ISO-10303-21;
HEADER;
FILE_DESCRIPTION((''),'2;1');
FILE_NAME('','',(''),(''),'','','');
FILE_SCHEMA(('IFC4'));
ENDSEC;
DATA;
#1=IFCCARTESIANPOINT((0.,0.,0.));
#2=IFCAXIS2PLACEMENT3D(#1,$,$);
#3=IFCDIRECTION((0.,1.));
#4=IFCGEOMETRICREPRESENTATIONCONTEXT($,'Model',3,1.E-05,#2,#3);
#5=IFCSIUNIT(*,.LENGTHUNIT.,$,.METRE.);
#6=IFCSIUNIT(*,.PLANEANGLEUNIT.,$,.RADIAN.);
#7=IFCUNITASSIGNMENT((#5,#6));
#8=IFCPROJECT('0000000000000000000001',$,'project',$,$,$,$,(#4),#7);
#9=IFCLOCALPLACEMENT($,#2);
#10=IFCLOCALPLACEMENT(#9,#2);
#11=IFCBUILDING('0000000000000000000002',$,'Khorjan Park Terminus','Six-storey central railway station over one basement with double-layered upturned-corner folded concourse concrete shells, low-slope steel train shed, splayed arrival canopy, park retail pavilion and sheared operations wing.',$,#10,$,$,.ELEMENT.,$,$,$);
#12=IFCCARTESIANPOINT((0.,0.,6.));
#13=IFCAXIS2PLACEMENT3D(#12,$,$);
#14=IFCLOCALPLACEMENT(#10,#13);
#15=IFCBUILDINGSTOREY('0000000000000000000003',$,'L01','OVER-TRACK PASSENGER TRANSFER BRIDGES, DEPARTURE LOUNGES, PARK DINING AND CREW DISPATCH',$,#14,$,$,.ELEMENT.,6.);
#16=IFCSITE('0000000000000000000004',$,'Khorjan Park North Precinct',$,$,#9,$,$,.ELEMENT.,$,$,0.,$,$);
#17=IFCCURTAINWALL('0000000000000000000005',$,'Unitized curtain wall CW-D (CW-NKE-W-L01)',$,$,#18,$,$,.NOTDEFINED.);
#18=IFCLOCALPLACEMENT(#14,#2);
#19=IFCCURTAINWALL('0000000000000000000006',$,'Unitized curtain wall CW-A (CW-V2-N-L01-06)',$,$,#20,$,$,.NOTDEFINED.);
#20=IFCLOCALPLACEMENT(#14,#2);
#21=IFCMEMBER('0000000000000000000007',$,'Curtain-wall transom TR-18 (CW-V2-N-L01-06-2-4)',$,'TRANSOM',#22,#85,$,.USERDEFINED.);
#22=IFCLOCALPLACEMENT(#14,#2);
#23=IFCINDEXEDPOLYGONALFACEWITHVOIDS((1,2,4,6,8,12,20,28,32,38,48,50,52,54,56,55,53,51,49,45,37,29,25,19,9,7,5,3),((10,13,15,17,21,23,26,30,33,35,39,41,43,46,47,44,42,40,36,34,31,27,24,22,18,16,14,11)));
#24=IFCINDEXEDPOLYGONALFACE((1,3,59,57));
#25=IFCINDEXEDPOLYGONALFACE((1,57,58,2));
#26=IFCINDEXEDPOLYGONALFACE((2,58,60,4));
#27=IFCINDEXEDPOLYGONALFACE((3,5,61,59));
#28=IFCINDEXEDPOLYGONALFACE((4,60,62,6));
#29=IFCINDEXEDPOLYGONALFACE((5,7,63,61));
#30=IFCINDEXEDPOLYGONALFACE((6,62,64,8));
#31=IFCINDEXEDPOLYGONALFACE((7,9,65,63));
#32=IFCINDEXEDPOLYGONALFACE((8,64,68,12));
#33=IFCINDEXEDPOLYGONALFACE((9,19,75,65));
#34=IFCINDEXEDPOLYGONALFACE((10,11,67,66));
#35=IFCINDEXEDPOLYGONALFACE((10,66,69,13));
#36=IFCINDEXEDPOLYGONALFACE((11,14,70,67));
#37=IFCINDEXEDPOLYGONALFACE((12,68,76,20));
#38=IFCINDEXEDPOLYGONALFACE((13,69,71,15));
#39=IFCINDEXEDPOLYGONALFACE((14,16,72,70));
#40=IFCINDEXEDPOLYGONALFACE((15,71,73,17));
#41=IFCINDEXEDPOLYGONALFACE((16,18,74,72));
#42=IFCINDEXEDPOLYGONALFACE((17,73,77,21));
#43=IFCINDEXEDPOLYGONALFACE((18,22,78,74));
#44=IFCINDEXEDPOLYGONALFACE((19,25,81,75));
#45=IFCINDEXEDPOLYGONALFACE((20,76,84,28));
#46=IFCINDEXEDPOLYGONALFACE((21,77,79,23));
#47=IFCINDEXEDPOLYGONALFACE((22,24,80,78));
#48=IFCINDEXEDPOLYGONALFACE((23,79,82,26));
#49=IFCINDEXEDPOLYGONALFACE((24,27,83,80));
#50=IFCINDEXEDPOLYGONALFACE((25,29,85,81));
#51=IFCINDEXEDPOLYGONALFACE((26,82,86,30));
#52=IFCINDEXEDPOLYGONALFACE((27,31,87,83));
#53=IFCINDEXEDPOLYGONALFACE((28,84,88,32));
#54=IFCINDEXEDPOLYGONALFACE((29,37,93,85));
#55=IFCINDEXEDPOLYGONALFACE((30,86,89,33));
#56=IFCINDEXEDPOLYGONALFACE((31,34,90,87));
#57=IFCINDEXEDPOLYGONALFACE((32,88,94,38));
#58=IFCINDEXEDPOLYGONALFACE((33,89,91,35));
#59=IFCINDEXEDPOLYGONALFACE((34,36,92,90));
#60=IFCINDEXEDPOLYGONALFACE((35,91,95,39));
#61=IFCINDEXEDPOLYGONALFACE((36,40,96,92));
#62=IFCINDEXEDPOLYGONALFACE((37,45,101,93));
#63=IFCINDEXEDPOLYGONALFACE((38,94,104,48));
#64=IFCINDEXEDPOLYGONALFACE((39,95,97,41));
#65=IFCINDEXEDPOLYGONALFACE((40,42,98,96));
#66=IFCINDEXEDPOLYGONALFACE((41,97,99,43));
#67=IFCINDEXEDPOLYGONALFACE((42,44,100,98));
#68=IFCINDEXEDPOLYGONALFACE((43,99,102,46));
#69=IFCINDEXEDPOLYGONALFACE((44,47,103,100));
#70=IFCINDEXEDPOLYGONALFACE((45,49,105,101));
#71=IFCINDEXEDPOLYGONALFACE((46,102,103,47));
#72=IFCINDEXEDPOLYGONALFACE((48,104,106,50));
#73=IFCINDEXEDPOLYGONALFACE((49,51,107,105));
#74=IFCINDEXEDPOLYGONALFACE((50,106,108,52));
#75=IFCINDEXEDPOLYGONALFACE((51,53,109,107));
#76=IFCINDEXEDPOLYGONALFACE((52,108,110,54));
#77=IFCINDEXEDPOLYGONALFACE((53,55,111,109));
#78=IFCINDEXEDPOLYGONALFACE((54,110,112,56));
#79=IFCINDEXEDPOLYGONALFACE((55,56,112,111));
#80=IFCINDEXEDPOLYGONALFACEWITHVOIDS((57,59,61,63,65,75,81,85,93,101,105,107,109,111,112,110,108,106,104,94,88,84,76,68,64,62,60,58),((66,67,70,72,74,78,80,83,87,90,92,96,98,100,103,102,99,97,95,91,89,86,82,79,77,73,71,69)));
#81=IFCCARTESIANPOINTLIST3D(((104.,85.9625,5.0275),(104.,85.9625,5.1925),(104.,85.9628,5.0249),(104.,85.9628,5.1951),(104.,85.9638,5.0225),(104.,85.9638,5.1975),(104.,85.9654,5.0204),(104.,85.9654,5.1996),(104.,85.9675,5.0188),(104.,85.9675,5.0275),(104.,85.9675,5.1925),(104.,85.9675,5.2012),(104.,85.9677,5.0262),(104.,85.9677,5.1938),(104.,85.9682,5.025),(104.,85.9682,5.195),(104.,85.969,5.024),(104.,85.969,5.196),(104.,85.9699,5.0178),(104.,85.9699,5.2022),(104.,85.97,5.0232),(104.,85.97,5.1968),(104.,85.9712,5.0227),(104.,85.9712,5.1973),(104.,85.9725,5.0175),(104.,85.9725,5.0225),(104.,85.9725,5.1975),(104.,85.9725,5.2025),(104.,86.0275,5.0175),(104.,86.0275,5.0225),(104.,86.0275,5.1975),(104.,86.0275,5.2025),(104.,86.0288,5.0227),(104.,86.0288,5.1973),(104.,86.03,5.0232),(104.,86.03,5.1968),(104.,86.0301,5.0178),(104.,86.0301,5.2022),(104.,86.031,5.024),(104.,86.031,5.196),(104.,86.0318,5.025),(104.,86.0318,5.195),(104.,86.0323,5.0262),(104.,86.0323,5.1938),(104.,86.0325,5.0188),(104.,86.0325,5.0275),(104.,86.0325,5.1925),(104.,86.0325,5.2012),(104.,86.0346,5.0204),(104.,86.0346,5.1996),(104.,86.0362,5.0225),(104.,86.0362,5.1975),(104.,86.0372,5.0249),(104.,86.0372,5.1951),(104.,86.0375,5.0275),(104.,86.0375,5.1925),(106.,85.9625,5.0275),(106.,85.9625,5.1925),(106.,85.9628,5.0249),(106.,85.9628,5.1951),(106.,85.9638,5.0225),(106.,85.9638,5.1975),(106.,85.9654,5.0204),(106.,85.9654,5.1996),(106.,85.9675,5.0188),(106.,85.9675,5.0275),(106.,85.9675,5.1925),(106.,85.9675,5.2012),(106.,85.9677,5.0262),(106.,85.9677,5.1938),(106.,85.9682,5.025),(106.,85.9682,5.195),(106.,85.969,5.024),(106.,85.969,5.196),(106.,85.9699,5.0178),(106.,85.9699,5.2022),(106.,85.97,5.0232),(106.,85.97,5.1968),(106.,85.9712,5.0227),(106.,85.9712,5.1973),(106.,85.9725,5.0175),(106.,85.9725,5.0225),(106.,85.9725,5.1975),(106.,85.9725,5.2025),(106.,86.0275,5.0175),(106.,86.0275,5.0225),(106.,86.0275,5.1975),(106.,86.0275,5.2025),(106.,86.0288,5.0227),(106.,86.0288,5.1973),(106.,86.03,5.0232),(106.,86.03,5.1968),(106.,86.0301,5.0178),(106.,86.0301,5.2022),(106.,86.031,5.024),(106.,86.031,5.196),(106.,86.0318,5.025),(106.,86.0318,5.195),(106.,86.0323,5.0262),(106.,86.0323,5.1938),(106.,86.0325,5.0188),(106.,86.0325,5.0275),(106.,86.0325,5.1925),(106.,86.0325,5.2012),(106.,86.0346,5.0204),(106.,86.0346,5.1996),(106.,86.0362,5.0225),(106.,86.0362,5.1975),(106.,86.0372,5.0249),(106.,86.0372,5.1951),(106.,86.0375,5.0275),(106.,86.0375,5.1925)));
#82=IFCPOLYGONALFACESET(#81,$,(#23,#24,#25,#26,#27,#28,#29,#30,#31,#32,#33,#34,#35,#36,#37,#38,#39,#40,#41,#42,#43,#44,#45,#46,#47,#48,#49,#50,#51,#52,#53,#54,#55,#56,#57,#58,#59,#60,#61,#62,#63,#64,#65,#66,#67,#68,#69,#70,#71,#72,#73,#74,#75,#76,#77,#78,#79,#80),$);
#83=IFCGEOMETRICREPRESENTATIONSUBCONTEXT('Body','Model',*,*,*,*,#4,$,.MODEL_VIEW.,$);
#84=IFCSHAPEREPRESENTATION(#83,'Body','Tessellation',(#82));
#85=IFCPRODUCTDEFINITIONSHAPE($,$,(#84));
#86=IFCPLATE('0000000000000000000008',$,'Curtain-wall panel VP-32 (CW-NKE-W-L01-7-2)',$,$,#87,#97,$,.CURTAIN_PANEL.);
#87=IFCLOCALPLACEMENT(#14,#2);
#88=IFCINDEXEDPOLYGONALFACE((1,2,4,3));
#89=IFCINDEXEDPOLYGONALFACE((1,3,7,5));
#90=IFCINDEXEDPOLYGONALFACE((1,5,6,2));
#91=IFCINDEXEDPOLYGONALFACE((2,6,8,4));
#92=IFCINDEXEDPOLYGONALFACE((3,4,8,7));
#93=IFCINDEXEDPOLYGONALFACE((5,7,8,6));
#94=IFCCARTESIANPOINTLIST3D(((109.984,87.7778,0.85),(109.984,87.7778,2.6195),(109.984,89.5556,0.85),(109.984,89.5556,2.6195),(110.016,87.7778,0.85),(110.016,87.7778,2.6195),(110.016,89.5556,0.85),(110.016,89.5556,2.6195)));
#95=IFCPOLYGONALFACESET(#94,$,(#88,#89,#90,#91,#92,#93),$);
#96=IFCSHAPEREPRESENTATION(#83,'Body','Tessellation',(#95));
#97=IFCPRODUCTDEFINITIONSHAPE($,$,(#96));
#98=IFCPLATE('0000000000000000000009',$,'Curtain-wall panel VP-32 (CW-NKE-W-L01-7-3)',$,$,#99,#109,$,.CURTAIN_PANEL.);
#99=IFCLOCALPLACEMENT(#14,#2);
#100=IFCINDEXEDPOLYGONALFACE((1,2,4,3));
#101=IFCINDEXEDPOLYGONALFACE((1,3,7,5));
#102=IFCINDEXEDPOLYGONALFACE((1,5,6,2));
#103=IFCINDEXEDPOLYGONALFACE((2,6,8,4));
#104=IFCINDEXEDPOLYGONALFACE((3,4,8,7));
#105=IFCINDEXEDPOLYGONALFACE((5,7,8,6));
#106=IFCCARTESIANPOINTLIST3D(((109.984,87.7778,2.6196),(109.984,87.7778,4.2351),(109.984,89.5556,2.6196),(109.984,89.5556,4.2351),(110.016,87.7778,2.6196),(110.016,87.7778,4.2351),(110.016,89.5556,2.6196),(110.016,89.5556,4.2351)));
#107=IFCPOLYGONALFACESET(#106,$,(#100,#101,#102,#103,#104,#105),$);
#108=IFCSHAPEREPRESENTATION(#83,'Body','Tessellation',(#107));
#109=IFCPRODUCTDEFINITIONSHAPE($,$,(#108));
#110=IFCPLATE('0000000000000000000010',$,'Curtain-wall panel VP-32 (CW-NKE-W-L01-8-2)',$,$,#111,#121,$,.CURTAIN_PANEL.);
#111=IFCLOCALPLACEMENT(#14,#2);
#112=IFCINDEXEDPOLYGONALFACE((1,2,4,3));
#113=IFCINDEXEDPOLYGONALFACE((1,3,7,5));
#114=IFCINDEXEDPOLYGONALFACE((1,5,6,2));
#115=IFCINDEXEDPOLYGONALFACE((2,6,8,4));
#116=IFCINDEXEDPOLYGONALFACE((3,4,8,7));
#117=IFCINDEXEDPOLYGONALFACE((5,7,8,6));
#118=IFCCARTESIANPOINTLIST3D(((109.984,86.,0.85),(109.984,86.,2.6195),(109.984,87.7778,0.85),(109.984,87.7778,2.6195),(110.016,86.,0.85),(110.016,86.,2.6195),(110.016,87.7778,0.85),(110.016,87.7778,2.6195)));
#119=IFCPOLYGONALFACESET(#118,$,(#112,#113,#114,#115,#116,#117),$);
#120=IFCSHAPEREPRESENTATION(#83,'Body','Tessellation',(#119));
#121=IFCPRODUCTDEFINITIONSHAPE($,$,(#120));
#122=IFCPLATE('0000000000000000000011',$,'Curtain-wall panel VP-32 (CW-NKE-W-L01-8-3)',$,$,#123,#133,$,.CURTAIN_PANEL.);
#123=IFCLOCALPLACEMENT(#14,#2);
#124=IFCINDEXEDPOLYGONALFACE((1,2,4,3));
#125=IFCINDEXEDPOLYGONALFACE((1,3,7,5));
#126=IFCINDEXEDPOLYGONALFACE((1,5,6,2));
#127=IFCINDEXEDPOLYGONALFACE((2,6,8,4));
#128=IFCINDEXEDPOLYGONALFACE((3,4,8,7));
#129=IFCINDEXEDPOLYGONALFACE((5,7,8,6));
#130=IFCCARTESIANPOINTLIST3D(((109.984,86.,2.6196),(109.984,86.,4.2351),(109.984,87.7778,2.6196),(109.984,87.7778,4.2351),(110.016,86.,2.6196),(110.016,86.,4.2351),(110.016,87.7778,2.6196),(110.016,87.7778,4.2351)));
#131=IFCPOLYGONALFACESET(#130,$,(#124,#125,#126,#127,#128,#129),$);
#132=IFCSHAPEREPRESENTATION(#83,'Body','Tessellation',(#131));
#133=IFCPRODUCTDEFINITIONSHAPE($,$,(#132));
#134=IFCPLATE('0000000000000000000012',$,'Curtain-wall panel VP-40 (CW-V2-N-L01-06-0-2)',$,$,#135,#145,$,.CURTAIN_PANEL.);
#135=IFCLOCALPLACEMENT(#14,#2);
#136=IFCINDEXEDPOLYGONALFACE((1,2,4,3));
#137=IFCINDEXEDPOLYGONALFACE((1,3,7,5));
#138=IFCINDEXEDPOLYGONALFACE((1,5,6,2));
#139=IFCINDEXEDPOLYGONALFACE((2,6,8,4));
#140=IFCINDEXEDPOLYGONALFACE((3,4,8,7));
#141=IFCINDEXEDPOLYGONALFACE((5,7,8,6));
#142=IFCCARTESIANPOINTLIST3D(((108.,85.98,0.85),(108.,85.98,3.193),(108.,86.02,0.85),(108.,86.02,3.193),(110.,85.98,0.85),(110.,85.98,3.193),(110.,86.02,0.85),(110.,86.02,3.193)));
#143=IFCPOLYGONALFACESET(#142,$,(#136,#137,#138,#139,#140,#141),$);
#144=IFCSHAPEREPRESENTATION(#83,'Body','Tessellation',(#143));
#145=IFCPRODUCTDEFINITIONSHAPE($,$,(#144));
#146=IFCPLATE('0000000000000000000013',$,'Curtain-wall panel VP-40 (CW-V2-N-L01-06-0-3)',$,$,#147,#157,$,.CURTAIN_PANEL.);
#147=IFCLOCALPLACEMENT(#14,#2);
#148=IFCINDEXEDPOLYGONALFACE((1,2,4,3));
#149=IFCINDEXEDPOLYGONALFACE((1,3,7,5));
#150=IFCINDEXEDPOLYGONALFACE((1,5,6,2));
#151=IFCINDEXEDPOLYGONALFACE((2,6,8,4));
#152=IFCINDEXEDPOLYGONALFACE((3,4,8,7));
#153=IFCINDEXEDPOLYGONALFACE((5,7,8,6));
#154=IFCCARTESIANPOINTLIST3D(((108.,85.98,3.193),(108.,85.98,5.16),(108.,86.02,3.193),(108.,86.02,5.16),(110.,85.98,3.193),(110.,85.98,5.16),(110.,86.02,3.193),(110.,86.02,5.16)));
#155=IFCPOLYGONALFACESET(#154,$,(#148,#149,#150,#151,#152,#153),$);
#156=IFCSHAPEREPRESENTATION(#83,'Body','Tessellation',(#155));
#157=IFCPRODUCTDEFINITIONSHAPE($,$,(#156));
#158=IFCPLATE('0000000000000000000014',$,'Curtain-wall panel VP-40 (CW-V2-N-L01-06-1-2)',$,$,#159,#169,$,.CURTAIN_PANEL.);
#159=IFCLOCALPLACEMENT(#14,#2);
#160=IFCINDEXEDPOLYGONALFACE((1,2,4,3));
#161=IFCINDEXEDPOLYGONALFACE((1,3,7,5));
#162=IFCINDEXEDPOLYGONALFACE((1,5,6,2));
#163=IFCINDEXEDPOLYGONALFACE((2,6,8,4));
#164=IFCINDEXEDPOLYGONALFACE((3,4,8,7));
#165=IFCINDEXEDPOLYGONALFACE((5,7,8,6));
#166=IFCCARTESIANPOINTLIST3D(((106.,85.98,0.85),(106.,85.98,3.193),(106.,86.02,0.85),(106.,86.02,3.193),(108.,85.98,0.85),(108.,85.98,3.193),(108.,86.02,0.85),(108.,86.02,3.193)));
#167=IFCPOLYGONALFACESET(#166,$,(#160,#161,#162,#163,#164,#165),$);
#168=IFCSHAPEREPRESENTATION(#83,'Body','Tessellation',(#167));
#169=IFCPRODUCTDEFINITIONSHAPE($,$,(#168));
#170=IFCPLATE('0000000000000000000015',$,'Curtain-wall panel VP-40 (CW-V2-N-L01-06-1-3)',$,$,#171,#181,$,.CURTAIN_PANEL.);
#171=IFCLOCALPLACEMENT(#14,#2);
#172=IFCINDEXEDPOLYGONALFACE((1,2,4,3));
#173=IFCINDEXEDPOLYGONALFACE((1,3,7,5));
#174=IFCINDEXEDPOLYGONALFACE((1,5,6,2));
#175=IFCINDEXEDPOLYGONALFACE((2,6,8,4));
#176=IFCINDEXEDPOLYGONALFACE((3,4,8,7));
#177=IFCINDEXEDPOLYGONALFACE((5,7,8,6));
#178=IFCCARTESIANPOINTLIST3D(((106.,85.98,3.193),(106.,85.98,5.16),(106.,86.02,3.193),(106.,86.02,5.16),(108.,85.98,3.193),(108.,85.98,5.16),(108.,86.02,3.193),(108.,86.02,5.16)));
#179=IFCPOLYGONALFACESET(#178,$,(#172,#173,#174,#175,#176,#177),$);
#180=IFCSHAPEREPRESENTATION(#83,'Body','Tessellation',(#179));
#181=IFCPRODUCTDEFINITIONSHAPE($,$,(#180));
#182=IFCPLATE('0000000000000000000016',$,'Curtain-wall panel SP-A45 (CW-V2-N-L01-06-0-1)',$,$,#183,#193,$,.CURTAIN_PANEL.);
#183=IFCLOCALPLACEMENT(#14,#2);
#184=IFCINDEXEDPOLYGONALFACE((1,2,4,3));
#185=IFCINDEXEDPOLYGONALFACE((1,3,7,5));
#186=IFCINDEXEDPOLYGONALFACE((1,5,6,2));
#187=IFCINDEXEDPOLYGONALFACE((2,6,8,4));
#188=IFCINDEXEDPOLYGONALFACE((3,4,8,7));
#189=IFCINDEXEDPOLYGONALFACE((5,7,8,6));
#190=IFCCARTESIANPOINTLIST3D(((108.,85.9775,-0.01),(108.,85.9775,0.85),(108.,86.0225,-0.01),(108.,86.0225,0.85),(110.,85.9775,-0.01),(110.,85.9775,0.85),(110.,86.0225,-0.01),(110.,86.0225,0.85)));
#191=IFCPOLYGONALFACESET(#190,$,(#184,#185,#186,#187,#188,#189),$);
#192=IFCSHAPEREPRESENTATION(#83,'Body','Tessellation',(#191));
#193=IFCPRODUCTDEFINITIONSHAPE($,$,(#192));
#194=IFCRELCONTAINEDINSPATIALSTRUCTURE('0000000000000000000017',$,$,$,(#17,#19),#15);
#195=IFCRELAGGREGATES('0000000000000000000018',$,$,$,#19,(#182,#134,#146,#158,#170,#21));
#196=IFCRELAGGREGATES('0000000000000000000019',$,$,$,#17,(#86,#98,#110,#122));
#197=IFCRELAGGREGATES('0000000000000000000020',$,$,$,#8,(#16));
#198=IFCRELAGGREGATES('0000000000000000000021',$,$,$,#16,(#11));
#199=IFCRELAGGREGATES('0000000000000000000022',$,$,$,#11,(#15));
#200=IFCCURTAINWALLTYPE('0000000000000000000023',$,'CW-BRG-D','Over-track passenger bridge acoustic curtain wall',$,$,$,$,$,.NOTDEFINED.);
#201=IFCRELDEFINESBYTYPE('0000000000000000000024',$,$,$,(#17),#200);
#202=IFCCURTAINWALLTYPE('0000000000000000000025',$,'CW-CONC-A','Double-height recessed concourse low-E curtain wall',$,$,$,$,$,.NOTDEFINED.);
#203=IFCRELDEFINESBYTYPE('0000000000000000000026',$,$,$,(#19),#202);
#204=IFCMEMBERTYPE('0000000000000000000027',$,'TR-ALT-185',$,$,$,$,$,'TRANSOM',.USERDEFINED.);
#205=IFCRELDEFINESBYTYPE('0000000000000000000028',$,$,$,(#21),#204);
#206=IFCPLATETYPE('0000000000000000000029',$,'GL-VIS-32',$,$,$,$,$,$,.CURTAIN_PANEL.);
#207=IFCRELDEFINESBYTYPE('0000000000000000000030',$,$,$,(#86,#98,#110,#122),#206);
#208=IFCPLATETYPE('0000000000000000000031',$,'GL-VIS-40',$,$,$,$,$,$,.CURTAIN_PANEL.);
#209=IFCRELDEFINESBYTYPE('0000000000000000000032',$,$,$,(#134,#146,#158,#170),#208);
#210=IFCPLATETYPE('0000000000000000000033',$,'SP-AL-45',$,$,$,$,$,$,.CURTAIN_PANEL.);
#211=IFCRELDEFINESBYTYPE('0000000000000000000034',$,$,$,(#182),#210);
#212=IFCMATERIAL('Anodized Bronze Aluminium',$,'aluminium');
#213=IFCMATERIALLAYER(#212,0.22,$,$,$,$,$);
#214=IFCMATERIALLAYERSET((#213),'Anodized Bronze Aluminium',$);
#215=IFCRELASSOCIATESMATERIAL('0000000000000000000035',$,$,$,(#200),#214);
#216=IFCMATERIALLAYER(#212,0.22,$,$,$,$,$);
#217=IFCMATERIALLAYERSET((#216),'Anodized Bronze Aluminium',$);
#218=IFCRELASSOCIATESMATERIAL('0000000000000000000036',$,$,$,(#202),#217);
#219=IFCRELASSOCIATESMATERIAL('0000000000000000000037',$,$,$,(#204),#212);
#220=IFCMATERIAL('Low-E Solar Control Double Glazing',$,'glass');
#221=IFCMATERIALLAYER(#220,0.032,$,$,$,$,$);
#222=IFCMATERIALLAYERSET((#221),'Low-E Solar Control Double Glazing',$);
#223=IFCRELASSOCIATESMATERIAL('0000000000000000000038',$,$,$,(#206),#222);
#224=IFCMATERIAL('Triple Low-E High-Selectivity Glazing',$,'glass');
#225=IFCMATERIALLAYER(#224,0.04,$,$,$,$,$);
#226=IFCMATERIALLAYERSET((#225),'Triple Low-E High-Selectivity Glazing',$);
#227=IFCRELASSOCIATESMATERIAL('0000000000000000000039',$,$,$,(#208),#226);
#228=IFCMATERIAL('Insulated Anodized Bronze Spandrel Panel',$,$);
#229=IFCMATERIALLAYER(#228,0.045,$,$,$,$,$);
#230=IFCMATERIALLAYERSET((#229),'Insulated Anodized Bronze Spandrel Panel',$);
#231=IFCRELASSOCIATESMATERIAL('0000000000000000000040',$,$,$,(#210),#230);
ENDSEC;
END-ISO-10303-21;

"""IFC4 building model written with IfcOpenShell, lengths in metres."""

from ifc_helpers import new_model, si_unit, direction, frame, origin, origin_2d, place, context, subcontext, project, spatial, rectangle, hollow_rectangle, extrude, material, layer, layer_set, material_profile, profile_set, type_object, element, aggregate, save


model = new_model("IFC4")

# Units and contexts
model_context = context("Model", 3, precision=1e-05, world=origin(), true_north=direction((0.0, 1.0)))
body_context = subcontext(model_context, "Body", "Model", "MODEL_VIEW")
ifc_project = project(units=[si_unit("LENGTHUNIT", "METRE"), si_unit("PLANEANGLEUNIT", "RADIAN")], contexts=[model_context])

# Site, building, storey
site_placement = place(None, origin())
site = spatial("IfcSite", under=ifc_project, at=site_placement, Name="Khorjan Park North Precinct", CompositionType="ELEMENT", RefElevation=0.0)
building_placement = place(site_placement, origin())
building = spatial("IfcBuilding", under=site, at=building_placement, Name="Khorjan Park Terminus", Description="Six-storey central railway station over one basement with double-layered upturned-corner folded concourse concrete shells, low-slope steel train shed, splayed arrival canopy, park retail pavilion and sheared operations wing.", CompositionType="ELEMENT")
storey_placement = place(building_placement, frame((0.0, 0.0, 6.0)))
storey = spatial("IfcBuildingStorey", under=building, at=storey_placement, Name="L01", Description="OVER-TRACK PASSENGER TRANSFER BRIDGES, DEPARTURE LOUNGES, PARK DINING AND CREW DISPATCH", CompositionType="ELEMENT", Elevation=6.0)

# Curtain walls
ifc_material_1 = material(Name="Anodized Bronze Aluminium", Category="aluminium")
ifc_layer_1 = layer(ifc_material_1, 0.22)
ifc_layer_set_1 = layer_set([ifc_layer_1], Name="Anodized Bronze Aluminium")
curtain_wall_type_1 = type_object("IfcCurtainWallType", Name="CW-BRG-D", Description="Over-track passenger bridge acoustic curtain wall", PredefinedType="NOTDEFINED", material=ifc_layer_set_1)
curtain_wall_1_placement = place(storey_placement, origin())
curtain_wall_1 = element("IfcCurtainWall", 1, at=curtain_wall_1_placement, inside=storey, type_object=curtain_wall_type_1, Name="Unitized curtain wall CW-D (CW-NKE-W-L01)", PredefinedType="NOTDEFINED")
ifc_layer_2 = layer(ifc_material_1, 0.22)
ifc_layer_set_2 = layer_set([ifc_layer_2], Name="Anodized Bronze Aluminium")
curtain_wall_type_2 = type_object("IfcCurtainWallType", Name="CW-CONC-A", Description="Double-height recessed concourse low-E curtain wall", PredefinedType="NOTDEFINED", material=ifc_layer_set_2)
curtain_wall_2_placement = place(storey_placement, origin())
curtain_wall_2 = element("IfcCurtainWall", 2, at=curtain_wall_2_placement, inside=storey, type_object=curtain_wall_type_2, Name="Unitized curtain wall CW-A (CW-V2-N-L01-06)", PredefinedType="NOTDEFINED")

# Member
ifc_material_profile_1 = material_profile(ifc_material_1, hollow_rectangle(XDim=0.075, YDim=0.185, WallThickness=0.005, InnerFilletRadius=0.005, OuterFilletRadius=0.01, at=origin_2d()), Name="ALT 75x185x5")
ifc_profile_set_1 = profile_set([ifc_material_profile_1], Name="Anodized Bronze Aluminium")
member_type_1 = type_object("IfcMemberType", Name="TR-ALT-185", ElementType="TRANSOM", PredefinedType="USERDEFINED", material=ifc_profile_set_1)
member_1_placement = place(storey_placement, frame((106.0, 86.0, 5.11), z_axis=(-1.0, 0.0, 0.0), x_axis=(0.0, -1.0, 0.0)))
member_1 = element("IfcMember", 3, at=member_1_placement, type_object=member_type_1, Name="Curtain-wall transom TR-18 (CW-V2-N-L01-06-2-4)", ObjectType="TRANSOM", PredefinedType="USERDEFINED", context=body_context, shape_type="SweptSolid", body=[
    extrude(hollow_rectangle(XDim=0.075, YDim=0.185, WallThickness=0.005, InnerFilletRadius=0.005, OuterFilletRadius=0.01, at=origin_2d()), origin(), (0.0, 0.0, 1.0), 2.0),
])

# Plates
ifc_material_2 = material(Name="Low-E Solar Control Double Glazing", Category="glass")
ifc_layer_3 = layer(ifc_material_2, 0.032)
ifc_layer_set_3 = layer_set([ifc_layer_3], Name="Low-E Solar Control Double Glazing")
plate_type_1 = type_object("IfcPlateType", Name="GL-VIS-32", PredefinedType="CURTAIN_PANEL", material=ifc_layer_set_3)
plate_1_placement = place(storey_placement, frame((110.0, 88.6667, 0.85), z_axis=(0.0, 0.0, 1.0), x_axis=(0.0, -1.0, 0.0)))
plate_1 = element("IfcPlate", 4, at=plate_1_placement, type_object=plate_type_1, Name="Curtain-wall panel VP-32 (CW-NKE-W-L01-7-2)", PredefinedType="CURTAIN_PANEL", context=body_context, shape_type="SweptSolid", body=[
    extrude(rectangle(XDim=1.7778, YDim=0.032, at=origin_2d()), origin(), (0.0, 0.0, 1.0), 1.7695),
])
plate_2_placement = place(storey_placement, frame((110.0, 88.6667, 2.6196), z_axis=(0.0, 0.0, 1.0), x_axis=(0.0, -1.0, 0.0)))
plate_2 = element("IfcPlate", 5, at=plate_2_placement, type_object=plate_type_1, Name="Curtain-wall panel VP-32 (CW-NKE-W-L01-7-3)", PredefinedType="CURTAIN_PANEL", context=body_context, shape_type="SweptSolid", body=[
    extrude(rectangle(XDim=1.7778, YDim=0.032, at=origin_2d()), origin(), (0.0, 0.0, 1.0), 1.6155),
])
plate_3_placement = place(storey_placement, frame((110.0, 86.8889, 0.85), z_axis=(0.0, 0.0, 1.0), x_axis=(0.0, -1.0, 0.0)))
plate_3 = element("IfcPlate", 6, at=plate_3_placement, type_object=plate_type_1, Name="Curtain-wall panel VP-32 (CW-NKE-W-L01-8-2)", PredefinedType="CURTAIN_PANEL", context=body_context, shape_type="SweptSolid", body=[
    extrude(rectangle(XDim=1.7778, YDim=0.032, at=origin_2d()), origin(), (0.0, 0.0, 1.0), 1.7695),
])
plate_4_placement = place(storey_placement, frame((110.0, 86.8889, 2.6196), z_axis=(0.0, 0.0, 1.0), x_axis=(0.0, -1.0, 0.0)))
plate_4 = element("IfcPlate", 7, at=plate_4_placement, type_object=plate_type_1, Name="Curtain-wall panel VP-32 (CW-NKE-W-L01-8-3)", PredefinedType="CURTAIN_PANEL", context=body_context, shape_type="SweptSolid", body=[
    extrude(rectangle(XDim=1.7778, YDim=0.032, at=origin_2d()), origin(), (0.0, 0.0, 1.0), 1.6155),
])
ifc_material_3 = material(Name="Triple Low-E High-Selectivity Glazing", Category="glass")
ifc_layer_4 = layer(ifc_material_3, 0.04)
ifc_layer_set_4 = layer_set([ifc_layer_4], Name="Triple Low-E High-Selectivity Glazing")
plate_type_2 = type_object("IfcPlateType", Name="GL-VIS-40", PredefinedType="CURTAIN_PANEL", material=ifc_layer_set_4)
plate_5_placement = place(storey_placement, frame((109.0, 86.0, 0.85), z_axis=(0.0, 0.0, 1.0), x_axis=(-1.0, 0.0, 0.0)))
plate_5 = element("IfcPlate", 8, at=plate_5_placement, type_object=plate_type_2, Name="Curtain-wall panel VP-40 (CW-V2-N-L01-06-0-2)", PredefinedType="CURTAIN_PANEL", context=body_context, shape_type="SweptSolid", body=[
    extrude(rectangle(XDim=2.0, YDim=0.04, at=origin_2d()), origin(), (0.0, 0.0, 1.0), 2.343),
])
plate_6_placement = place(storey_placement, frame((109.0, 86.0, 3.193), z_axis=(0.0, 0.0, 1.0), x_axis=(-1.0, 0.0, 0.0)))
plate_6 = element("IfcPlate", 9, at=plate_6_placement, type_object=plate_type_2, Name="Curtain-wall panel VP-40 (CW-V2-N-L01-06-0-3)", PredefinedType="CURTAIN_PANEL", context=body_context, shape_type="SweptSolid", body=[
    extrude(rectangle(XDim=2.0, YDim=0.04, at=origin_2d()), origin(), (0.0, 0.0, 1.0), 1.967),
])
plate_7_placement = place(storey_placement, frame((107.0, 86.0, 0.85), z_axis=(0.0, 0.0, 1.0), x_axis=(-1.0, 0.0, 0.0)))
plate_7 = element("IfcPlate", 10, at=plate_7_placement, type_object=plate_type_2, Name="Curtain-wall panel VP-40 (CW-V2-N-L01-06-1-2)", PredefinedType="CURTAIN_PANEL", context=body_context, shape_type="SweptSolid", body=[
    extrude(rectangle(XDim=2.0, YDim=0.04, at=origin_2d()), origin(), (0.0, 0.0, 1.0), 2.343),
])
plate_8_placement = place(storey_placement, frame((107.0, 86.0, 3.193), z_axis=(0.0, 0.0, 1.0), x_axis=(-1.0, 0.0, 0.0)))
plate_8 = element("IfcPlate", 11, at=plate_8_placement, type_object=plate_type_2, Name="Curtain-wall panel VP-40 (CW-V2-N-L01-06-1-3)", PredefinedType="CURTAIN_PANEL", context=body_context, shape_type="SweptSolid", body=[
    extrude(rectangle(XDim=2.0, YDim=0.04, at=origin_2d()), origin(), (0.0, 0.0, 1.0), 1.967),
])
ifc_material_4 = material(Name="Insulated Anodized Bronze Spandrel Panel")
ifc_layer_5 = layer(ifc_material_4, 0.045)
ifc_layer_set_5 = layer_set([ifc_layer_5], Name="Insulated Anodized Bronze Spandrel Panel")
plate_type_3 = type_object("IfcPlateType", Name="SP-AL-45", PredefinedType="CURTAIN_PANEL", material=ifc_layer_set_5)
plate_9_placement = place(storey_placement, frame((109.0, 86.0, -0.01), z_axis=(0.0, 0.0, 1.0), x_axis=(-1.0, 0.0, 0.0)))
plate_9 = element("IfcPlate", 12, at=plate_9_placement, type_object=plate_type_3, Name="Curtain-wall panel SP-A45 (CW-V2-N-L01-06-0-1)", PredefinedType="CURTAIN_PANEL", context=body_context, shape_type="SweptSolid", body=[
    extrude(rectangle(XDim=2.0, YDim=0.045, at=origin_2d()), origin(), (0.0, 0.0, 1.0), 0.86),
])
aggregate(curtain_wall_2, [plate_9, plate_5, plate_6, plate_7, plate_8, member_1])
aggregate(curtain_wall_1, [plate_1, plate_2, plate_3, plate_4])

save(model, "model.ifc")
